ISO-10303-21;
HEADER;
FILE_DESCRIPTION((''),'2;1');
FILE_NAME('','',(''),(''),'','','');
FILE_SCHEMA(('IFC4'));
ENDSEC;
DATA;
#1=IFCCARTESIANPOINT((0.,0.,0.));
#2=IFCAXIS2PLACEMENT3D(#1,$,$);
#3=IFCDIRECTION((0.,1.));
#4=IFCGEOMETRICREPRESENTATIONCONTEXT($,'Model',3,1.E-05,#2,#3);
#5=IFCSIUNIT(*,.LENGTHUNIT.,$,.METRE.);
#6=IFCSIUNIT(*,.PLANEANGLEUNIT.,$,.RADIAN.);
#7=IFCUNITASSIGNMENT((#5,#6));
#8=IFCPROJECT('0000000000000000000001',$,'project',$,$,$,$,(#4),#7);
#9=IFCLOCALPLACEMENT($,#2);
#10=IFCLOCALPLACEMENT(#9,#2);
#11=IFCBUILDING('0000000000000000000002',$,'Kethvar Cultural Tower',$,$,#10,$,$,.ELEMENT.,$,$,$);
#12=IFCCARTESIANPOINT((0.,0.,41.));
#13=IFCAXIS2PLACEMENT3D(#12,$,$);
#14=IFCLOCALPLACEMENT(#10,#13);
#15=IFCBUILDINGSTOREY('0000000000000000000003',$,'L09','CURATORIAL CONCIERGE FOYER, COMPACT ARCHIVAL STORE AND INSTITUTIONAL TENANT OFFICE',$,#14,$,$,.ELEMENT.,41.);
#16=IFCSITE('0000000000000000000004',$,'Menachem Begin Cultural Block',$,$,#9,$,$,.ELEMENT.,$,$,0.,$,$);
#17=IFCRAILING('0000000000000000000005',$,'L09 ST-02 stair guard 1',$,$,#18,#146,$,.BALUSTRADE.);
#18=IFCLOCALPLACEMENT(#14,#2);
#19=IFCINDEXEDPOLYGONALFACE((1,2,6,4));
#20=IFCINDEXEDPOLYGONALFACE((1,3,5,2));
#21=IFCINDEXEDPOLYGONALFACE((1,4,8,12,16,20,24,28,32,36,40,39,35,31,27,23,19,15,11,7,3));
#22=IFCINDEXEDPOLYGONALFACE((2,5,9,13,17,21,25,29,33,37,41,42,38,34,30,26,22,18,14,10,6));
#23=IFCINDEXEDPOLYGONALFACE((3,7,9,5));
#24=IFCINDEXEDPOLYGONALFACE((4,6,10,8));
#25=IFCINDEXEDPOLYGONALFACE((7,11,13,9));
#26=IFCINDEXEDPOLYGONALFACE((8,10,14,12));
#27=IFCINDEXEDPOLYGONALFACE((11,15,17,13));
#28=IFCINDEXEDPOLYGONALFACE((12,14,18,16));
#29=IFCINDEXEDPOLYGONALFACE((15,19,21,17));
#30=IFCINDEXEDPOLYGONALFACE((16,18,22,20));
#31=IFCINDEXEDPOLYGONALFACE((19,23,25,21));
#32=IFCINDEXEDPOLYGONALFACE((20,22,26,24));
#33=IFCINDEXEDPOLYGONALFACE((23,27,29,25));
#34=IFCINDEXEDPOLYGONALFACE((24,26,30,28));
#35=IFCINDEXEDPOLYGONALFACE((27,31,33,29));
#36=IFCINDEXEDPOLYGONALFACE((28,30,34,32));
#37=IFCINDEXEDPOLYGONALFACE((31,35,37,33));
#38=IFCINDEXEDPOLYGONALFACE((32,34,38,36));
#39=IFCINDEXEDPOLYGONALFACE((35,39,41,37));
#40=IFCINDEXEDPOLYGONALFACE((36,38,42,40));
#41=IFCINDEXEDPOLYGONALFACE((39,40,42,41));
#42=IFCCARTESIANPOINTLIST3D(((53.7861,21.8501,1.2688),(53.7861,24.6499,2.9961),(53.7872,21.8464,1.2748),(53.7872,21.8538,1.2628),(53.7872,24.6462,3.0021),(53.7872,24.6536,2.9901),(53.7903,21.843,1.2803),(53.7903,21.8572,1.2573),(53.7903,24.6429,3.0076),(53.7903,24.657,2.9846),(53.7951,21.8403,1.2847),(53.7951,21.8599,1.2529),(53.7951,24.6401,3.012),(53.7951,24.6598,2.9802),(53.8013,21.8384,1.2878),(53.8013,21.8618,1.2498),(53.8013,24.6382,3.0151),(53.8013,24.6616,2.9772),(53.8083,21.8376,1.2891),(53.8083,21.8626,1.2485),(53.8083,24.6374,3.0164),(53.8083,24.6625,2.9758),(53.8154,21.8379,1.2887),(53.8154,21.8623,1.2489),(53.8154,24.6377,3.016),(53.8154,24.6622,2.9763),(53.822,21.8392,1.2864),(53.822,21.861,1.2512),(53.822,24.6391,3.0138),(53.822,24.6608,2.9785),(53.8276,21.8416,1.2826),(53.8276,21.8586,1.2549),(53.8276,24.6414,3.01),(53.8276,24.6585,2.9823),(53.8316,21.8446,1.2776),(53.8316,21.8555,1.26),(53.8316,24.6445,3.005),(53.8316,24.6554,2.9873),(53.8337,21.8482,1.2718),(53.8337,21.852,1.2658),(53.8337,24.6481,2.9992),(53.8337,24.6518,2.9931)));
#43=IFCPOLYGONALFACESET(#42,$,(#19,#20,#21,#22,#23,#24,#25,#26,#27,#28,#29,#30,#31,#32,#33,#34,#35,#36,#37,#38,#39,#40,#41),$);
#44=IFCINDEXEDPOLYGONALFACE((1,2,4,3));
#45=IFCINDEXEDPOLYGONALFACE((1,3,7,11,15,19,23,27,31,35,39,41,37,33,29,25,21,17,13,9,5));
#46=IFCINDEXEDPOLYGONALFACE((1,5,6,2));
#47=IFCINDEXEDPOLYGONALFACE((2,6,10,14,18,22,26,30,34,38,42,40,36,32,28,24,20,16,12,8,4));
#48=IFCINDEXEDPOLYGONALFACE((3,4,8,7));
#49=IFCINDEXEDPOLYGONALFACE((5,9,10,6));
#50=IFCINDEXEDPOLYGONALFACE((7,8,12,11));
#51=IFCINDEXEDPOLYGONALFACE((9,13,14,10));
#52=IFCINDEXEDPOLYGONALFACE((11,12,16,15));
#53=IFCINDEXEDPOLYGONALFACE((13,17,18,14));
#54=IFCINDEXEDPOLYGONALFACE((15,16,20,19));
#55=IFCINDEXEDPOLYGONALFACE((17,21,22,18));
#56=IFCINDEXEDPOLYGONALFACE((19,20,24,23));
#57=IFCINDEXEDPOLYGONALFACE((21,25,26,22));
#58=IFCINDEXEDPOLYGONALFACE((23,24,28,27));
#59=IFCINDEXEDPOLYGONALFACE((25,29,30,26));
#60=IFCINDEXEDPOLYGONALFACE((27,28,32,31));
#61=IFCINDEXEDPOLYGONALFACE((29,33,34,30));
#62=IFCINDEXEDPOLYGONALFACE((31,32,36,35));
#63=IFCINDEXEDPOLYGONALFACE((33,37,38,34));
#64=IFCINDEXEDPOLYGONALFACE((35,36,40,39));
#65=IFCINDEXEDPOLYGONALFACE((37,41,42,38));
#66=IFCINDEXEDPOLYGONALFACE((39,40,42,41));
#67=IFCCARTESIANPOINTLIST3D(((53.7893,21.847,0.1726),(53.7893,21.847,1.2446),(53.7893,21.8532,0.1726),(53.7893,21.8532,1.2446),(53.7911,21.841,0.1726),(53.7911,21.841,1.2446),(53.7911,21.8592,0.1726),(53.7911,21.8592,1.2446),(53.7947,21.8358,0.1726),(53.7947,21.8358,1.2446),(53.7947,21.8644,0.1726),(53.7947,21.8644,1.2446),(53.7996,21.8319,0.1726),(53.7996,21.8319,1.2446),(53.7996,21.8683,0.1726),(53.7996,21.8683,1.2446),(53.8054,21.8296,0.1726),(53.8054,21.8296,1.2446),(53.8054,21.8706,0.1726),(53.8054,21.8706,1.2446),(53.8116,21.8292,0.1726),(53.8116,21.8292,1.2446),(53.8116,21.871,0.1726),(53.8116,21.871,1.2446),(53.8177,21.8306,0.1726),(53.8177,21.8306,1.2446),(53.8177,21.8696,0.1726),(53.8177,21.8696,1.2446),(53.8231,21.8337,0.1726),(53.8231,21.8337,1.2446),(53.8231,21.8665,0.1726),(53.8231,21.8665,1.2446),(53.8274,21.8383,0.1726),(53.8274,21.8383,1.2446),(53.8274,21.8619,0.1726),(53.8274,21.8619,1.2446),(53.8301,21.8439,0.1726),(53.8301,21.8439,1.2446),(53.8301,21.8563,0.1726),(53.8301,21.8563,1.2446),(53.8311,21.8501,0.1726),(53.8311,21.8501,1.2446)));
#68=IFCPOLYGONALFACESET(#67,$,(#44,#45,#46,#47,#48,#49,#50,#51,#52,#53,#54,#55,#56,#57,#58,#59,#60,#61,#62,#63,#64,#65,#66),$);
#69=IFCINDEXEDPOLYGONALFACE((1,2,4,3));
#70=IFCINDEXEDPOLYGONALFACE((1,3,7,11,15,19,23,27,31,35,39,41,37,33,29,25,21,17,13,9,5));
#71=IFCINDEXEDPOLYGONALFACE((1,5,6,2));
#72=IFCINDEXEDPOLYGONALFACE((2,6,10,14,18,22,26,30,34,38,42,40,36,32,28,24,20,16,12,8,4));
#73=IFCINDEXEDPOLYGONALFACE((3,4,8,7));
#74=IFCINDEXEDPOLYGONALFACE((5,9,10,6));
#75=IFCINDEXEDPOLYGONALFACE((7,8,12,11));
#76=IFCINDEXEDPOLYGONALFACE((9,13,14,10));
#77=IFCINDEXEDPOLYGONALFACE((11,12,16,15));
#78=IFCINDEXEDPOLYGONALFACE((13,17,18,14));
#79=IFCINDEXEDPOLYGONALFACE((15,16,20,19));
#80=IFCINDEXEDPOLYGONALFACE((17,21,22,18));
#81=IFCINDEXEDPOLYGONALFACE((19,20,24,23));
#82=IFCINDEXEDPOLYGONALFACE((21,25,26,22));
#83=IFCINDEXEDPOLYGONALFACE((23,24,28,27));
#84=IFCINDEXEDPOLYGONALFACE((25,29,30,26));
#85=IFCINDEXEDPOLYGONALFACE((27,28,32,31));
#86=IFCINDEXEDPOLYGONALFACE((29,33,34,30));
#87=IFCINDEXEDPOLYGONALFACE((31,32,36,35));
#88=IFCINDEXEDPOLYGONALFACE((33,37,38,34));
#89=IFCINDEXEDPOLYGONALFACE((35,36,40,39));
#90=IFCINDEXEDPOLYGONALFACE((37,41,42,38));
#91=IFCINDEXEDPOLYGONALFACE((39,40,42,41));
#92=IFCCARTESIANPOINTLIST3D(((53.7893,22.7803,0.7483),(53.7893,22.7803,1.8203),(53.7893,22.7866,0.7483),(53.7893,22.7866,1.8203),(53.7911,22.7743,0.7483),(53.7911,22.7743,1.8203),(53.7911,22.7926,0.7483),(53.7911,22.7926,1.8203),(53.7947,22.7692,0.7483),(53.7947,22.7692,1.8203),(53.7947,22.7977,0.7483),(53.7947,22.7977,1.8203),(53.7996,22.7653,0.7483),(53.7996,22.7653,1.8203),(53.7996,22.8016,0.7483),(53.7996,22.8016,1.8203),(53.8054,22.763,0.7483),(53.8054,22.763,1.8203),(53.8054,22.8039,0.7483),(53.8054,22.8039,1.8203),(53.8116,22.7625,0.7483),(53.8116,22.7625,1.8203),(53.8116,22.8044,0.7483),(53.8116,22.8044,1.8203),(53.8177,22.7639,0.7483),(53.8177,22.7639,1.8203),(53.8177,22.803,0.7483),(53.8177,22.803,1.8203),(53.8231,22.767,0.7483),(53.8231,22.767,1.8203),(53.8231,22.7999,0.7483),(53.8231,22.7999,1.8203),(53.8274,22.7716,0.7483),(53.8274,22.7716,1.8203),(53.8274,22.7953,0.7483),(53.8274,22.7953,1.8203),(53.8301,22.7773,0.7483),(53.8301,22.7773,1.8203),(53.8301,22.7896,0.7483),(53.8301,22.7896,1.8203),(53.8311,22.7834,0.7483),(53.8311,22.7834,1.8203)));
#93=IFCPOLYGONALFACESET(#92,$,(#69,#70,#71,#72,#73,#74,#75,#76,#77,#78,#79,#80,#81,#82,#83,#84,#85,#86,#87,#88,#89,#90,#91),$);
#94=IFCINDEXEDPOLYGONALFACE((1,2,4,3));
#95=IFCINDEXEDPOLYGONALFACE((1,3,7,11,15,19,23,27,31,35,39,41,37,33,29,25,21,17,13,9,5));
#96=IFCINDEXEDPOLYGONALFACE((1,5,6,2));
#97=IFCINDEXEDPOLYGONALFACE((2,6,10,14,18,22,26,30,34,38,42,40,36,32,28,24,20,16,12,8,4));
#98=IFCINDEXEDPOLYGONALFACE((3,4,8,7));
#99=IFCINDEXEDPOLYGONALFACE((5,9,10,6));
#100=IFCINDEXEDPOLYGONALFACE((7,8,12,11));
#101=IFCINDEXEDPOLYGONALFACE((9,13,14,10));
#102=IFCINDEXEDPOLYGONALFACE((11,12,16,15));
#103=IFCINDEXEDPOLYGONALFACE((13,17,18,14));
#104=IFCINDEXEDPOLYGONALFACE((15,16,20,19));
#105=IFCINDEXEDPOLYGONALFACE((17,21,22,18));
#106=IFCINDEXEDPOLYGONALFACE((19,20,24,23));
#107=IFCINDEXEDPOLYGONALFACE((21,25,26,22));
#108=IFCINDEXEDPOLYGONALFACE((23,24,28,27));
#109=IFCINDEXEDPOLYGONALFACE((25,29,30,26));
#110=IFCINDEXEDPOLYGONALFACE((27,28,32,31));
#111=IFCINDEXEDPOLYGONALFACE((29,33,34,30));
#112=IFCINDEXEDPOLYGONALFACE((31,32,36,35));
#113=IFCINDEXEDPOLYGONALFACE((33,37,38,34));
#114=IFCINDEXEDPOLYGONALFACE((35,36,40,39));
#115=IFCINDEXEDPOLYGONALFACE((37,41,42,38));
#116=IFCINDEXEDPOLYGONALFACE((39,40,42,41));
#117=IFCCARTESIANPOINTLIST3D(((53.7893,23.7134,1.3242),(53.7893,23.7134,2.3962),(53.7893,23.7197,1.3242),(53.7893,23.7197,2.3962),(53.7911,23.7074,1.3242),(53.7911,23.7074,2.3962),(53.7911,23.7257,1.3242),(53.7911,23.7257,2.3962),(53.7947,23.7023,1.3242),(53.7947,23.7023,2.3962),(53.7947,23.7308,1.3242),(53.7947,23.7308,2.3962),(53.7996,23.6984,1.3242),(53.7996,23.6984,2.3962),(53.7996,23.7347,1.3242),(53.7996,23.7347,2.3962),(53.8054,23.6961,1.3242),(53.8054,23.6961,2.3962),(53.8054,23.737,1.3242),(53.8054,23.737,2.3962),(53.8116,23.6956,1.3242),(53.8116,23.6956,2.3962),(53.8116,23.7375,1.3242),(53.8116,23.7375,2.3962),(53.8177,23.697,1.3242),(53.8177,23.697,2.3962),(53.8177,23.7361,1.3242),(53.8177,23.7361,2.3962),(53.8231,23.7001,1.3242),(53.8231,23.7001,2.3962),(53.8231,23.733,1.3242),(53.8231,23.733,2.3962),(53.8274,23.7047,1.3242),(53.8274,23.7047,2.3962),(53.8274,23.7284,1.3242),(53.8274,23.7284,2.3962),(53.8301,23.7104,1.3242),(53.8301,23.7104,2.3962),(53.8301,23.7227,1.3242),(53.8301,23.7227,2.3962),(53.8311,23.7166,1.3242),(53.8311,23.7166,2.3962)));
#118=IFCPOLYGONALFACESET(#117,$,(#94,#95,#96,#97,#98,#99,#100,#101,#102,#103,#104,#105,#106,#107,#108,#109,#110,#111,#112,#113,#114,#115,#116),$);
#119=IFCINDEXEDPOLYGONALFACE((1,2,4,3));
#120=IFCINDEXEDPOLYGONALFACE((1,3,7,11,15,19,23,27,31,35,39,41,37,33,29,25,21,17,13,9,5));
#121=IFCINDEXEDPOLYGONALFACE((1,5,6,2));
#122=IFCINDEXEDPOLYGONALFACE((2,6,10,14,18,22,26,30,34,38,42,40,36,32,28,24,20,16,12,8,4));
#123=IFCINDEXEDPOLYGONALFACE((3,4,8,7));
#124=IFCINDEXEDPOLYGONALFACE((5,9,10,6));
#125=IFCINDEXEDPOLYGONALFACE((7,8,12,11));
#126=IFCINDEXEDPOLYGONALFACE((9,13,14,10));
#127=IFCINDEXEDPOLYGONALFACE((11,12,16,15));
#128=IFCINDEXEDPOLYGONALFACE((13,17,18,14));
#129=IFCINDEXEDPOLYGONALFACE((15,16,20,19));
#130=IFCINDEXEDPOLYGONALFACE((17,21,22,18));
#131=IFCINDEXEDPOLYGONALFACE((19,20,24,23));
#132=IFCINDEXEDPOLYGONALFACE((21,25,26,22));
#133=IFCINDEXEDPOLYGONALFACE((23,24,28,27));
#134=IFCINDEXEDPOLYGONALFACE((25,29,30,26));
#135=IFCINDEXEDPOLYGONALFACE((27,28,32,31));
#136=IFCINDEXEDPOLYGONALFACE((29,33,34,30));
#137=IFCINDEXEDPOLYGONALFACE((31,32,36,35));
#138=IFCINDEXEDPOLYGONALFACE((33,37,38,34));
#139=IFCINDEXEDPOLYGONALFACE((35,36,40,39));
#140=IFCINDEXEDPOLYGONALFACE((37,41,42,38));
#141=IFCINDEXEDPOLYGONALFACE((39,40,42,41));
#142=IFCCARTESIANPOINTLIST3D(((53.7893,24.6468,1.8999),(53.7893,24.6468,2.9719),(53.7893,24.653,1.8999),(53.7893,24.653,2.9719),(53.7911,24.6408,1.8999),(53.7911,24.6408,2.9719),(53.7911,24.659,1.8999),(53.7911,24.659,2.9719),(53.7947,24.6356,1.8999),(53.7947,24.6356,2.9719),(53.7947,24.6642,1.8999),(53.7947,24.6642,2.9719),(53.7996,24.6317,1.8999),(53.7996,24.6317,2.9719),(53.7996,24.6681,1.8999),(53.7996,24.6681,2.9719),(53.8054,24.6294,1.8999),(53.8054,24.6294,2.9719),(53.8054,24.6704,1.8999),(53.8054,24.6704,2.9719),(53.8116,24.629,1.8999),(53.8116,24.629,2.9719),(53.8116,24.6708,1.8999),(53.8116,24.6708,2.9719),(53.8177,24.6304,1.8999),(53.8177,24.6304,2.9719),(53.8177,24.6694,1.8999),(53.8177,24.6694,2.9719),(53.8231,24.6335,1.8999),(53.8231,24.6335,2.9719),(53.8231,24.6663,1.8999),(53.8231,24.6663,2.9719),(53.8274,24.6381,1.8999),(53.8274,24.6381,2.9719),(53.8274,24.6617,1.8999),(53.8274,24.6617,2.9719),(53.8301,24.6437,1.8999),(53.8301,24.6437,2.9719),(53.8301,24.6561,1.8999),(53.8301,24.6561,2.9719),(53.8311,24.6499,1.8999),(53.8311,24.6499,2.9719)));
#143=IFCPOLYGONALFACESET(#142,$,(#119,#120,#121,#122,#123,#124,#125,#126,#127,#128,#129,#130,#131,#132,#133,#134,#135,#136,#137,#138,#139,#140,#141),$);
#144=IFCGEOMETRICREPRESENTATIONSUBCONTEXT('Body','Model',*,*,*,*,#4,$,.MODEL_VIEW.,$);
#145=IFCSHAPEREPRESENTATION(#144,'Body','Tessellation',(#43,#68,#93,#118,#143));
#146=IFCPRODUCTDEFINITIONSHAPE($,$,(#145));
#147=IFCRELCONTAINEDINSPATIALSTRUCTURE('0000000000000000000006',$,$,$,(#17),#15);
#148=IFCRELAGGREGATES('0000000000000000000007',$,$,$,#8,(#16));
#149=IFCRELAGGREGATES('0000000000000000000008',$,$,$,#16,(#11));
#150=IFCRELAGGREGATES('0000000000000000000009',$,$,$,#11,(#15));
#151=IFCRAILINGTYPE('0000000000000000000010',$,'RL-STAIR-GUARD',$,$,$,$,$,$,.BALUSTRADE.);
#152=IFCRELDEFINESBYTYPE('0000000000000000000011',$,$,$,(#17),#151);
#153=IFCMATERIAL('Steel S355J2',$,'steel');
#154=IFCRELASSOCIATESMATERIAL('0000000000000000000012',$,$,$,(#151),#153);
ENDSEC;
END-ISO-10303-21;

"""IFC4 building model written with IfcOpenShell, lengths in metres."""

from ifc_helpers import new_model, si_unit, direction, frame, origin, origin_2d, place, context, subcontext, project, spatial, circle, extrude, material, type_object, element, save


model = new_model("IFC4")

# Units and contexts
model_context = context("Model", 3, precision=1e-05, world=origin(), true_north=direction((0.0, 1.0)))
body_context = subcontext(model_context, "Body", "Model", "MODEL_VIEW")
ifc_project = project(units=[si_unit("LENGTHUNIT", "METRE"), si_unit("PLANEANGLEUNIT", "RADIAN")], contexts=[model_context])

# Site, building, storey
site_placement = place(None, origin())
site = spatial("IfcSite", under=ifc_project, at=site_placement, Name="Menachem Begin Cultural Block", CompositionType="ELEMENT", RefElevation=0.0)
building_placement = place(site_placement, origin())
building = spatial("IfcBuilding", under=site, at=building_placement, Name="Kethvar Cultural Tower", CompositionType="ELEMENT")
storey_placement = place(building_placement, frame((0.0, 0.0, 41.0)))
storey = spatial("IfcBuildingStorey", under=building, at=storey_placement, Name="L09", Description="CURATORIAL CONCIERGE FOYER, COMPACT ARCHIVAL STORE AND INSTITUTIONAL TENANT OFFICE", CompositionType="ELEMENT", Elevation=41.0)

# Shared definitions
ifc_material_1 = material(Name="Steel S355J2", Category="steel")

# Railing
railing_type_1 = type_object("IfcRailingType", Name="RL-STAIR-GUARD", PredefinedType="BALUSTRADE", material=ifc_material_1)
railing_1_placement = place(storey_placement, frame((53.8101, 21.8501, 0.1726)))
element("IfcRailing", 1, at=railing_1_placement, inside=storey, type_object=railing_type_1, Name="L09 ST-02 stair guard 1", PredefinedType="BALUSTRADE", context=body_context, shape_type="SweptSolid", body=[
    extrude(circle(Radius=0.0239, at=origin_2d()), frame((0.0, 0.0, 1.0962), z_axis=(0.0, 0.851069, 0.525054), x_axis=(-1.0, 0.0, 0.0)), (0.0, 0.0, 1.0), 3.2898),
    extrude(circle(Radius=0.021, at=origin_2d()), origin(), (0.0, 0.0, 1.0), 1.072),
    extrude(circle(Radius=0.021, at=origin_2d()), frame((0.0, 0.9333, 0.5757)), (0.0, 0.0, 1.0), 1.072),
    extrude(circle(Radius=0.021, at=origin_2d()), frame((0.0, 1.8665, 1.1516)), (0.0, 0.0, 1.0), 1.072),
    extrude(circle(Radius=0.021, at=origin_2d()), frame((0.0, 2.7998, 1.7273)), (0.0, 0.0, 1.0), 1.072),
])

save(model, "model.ifc")
